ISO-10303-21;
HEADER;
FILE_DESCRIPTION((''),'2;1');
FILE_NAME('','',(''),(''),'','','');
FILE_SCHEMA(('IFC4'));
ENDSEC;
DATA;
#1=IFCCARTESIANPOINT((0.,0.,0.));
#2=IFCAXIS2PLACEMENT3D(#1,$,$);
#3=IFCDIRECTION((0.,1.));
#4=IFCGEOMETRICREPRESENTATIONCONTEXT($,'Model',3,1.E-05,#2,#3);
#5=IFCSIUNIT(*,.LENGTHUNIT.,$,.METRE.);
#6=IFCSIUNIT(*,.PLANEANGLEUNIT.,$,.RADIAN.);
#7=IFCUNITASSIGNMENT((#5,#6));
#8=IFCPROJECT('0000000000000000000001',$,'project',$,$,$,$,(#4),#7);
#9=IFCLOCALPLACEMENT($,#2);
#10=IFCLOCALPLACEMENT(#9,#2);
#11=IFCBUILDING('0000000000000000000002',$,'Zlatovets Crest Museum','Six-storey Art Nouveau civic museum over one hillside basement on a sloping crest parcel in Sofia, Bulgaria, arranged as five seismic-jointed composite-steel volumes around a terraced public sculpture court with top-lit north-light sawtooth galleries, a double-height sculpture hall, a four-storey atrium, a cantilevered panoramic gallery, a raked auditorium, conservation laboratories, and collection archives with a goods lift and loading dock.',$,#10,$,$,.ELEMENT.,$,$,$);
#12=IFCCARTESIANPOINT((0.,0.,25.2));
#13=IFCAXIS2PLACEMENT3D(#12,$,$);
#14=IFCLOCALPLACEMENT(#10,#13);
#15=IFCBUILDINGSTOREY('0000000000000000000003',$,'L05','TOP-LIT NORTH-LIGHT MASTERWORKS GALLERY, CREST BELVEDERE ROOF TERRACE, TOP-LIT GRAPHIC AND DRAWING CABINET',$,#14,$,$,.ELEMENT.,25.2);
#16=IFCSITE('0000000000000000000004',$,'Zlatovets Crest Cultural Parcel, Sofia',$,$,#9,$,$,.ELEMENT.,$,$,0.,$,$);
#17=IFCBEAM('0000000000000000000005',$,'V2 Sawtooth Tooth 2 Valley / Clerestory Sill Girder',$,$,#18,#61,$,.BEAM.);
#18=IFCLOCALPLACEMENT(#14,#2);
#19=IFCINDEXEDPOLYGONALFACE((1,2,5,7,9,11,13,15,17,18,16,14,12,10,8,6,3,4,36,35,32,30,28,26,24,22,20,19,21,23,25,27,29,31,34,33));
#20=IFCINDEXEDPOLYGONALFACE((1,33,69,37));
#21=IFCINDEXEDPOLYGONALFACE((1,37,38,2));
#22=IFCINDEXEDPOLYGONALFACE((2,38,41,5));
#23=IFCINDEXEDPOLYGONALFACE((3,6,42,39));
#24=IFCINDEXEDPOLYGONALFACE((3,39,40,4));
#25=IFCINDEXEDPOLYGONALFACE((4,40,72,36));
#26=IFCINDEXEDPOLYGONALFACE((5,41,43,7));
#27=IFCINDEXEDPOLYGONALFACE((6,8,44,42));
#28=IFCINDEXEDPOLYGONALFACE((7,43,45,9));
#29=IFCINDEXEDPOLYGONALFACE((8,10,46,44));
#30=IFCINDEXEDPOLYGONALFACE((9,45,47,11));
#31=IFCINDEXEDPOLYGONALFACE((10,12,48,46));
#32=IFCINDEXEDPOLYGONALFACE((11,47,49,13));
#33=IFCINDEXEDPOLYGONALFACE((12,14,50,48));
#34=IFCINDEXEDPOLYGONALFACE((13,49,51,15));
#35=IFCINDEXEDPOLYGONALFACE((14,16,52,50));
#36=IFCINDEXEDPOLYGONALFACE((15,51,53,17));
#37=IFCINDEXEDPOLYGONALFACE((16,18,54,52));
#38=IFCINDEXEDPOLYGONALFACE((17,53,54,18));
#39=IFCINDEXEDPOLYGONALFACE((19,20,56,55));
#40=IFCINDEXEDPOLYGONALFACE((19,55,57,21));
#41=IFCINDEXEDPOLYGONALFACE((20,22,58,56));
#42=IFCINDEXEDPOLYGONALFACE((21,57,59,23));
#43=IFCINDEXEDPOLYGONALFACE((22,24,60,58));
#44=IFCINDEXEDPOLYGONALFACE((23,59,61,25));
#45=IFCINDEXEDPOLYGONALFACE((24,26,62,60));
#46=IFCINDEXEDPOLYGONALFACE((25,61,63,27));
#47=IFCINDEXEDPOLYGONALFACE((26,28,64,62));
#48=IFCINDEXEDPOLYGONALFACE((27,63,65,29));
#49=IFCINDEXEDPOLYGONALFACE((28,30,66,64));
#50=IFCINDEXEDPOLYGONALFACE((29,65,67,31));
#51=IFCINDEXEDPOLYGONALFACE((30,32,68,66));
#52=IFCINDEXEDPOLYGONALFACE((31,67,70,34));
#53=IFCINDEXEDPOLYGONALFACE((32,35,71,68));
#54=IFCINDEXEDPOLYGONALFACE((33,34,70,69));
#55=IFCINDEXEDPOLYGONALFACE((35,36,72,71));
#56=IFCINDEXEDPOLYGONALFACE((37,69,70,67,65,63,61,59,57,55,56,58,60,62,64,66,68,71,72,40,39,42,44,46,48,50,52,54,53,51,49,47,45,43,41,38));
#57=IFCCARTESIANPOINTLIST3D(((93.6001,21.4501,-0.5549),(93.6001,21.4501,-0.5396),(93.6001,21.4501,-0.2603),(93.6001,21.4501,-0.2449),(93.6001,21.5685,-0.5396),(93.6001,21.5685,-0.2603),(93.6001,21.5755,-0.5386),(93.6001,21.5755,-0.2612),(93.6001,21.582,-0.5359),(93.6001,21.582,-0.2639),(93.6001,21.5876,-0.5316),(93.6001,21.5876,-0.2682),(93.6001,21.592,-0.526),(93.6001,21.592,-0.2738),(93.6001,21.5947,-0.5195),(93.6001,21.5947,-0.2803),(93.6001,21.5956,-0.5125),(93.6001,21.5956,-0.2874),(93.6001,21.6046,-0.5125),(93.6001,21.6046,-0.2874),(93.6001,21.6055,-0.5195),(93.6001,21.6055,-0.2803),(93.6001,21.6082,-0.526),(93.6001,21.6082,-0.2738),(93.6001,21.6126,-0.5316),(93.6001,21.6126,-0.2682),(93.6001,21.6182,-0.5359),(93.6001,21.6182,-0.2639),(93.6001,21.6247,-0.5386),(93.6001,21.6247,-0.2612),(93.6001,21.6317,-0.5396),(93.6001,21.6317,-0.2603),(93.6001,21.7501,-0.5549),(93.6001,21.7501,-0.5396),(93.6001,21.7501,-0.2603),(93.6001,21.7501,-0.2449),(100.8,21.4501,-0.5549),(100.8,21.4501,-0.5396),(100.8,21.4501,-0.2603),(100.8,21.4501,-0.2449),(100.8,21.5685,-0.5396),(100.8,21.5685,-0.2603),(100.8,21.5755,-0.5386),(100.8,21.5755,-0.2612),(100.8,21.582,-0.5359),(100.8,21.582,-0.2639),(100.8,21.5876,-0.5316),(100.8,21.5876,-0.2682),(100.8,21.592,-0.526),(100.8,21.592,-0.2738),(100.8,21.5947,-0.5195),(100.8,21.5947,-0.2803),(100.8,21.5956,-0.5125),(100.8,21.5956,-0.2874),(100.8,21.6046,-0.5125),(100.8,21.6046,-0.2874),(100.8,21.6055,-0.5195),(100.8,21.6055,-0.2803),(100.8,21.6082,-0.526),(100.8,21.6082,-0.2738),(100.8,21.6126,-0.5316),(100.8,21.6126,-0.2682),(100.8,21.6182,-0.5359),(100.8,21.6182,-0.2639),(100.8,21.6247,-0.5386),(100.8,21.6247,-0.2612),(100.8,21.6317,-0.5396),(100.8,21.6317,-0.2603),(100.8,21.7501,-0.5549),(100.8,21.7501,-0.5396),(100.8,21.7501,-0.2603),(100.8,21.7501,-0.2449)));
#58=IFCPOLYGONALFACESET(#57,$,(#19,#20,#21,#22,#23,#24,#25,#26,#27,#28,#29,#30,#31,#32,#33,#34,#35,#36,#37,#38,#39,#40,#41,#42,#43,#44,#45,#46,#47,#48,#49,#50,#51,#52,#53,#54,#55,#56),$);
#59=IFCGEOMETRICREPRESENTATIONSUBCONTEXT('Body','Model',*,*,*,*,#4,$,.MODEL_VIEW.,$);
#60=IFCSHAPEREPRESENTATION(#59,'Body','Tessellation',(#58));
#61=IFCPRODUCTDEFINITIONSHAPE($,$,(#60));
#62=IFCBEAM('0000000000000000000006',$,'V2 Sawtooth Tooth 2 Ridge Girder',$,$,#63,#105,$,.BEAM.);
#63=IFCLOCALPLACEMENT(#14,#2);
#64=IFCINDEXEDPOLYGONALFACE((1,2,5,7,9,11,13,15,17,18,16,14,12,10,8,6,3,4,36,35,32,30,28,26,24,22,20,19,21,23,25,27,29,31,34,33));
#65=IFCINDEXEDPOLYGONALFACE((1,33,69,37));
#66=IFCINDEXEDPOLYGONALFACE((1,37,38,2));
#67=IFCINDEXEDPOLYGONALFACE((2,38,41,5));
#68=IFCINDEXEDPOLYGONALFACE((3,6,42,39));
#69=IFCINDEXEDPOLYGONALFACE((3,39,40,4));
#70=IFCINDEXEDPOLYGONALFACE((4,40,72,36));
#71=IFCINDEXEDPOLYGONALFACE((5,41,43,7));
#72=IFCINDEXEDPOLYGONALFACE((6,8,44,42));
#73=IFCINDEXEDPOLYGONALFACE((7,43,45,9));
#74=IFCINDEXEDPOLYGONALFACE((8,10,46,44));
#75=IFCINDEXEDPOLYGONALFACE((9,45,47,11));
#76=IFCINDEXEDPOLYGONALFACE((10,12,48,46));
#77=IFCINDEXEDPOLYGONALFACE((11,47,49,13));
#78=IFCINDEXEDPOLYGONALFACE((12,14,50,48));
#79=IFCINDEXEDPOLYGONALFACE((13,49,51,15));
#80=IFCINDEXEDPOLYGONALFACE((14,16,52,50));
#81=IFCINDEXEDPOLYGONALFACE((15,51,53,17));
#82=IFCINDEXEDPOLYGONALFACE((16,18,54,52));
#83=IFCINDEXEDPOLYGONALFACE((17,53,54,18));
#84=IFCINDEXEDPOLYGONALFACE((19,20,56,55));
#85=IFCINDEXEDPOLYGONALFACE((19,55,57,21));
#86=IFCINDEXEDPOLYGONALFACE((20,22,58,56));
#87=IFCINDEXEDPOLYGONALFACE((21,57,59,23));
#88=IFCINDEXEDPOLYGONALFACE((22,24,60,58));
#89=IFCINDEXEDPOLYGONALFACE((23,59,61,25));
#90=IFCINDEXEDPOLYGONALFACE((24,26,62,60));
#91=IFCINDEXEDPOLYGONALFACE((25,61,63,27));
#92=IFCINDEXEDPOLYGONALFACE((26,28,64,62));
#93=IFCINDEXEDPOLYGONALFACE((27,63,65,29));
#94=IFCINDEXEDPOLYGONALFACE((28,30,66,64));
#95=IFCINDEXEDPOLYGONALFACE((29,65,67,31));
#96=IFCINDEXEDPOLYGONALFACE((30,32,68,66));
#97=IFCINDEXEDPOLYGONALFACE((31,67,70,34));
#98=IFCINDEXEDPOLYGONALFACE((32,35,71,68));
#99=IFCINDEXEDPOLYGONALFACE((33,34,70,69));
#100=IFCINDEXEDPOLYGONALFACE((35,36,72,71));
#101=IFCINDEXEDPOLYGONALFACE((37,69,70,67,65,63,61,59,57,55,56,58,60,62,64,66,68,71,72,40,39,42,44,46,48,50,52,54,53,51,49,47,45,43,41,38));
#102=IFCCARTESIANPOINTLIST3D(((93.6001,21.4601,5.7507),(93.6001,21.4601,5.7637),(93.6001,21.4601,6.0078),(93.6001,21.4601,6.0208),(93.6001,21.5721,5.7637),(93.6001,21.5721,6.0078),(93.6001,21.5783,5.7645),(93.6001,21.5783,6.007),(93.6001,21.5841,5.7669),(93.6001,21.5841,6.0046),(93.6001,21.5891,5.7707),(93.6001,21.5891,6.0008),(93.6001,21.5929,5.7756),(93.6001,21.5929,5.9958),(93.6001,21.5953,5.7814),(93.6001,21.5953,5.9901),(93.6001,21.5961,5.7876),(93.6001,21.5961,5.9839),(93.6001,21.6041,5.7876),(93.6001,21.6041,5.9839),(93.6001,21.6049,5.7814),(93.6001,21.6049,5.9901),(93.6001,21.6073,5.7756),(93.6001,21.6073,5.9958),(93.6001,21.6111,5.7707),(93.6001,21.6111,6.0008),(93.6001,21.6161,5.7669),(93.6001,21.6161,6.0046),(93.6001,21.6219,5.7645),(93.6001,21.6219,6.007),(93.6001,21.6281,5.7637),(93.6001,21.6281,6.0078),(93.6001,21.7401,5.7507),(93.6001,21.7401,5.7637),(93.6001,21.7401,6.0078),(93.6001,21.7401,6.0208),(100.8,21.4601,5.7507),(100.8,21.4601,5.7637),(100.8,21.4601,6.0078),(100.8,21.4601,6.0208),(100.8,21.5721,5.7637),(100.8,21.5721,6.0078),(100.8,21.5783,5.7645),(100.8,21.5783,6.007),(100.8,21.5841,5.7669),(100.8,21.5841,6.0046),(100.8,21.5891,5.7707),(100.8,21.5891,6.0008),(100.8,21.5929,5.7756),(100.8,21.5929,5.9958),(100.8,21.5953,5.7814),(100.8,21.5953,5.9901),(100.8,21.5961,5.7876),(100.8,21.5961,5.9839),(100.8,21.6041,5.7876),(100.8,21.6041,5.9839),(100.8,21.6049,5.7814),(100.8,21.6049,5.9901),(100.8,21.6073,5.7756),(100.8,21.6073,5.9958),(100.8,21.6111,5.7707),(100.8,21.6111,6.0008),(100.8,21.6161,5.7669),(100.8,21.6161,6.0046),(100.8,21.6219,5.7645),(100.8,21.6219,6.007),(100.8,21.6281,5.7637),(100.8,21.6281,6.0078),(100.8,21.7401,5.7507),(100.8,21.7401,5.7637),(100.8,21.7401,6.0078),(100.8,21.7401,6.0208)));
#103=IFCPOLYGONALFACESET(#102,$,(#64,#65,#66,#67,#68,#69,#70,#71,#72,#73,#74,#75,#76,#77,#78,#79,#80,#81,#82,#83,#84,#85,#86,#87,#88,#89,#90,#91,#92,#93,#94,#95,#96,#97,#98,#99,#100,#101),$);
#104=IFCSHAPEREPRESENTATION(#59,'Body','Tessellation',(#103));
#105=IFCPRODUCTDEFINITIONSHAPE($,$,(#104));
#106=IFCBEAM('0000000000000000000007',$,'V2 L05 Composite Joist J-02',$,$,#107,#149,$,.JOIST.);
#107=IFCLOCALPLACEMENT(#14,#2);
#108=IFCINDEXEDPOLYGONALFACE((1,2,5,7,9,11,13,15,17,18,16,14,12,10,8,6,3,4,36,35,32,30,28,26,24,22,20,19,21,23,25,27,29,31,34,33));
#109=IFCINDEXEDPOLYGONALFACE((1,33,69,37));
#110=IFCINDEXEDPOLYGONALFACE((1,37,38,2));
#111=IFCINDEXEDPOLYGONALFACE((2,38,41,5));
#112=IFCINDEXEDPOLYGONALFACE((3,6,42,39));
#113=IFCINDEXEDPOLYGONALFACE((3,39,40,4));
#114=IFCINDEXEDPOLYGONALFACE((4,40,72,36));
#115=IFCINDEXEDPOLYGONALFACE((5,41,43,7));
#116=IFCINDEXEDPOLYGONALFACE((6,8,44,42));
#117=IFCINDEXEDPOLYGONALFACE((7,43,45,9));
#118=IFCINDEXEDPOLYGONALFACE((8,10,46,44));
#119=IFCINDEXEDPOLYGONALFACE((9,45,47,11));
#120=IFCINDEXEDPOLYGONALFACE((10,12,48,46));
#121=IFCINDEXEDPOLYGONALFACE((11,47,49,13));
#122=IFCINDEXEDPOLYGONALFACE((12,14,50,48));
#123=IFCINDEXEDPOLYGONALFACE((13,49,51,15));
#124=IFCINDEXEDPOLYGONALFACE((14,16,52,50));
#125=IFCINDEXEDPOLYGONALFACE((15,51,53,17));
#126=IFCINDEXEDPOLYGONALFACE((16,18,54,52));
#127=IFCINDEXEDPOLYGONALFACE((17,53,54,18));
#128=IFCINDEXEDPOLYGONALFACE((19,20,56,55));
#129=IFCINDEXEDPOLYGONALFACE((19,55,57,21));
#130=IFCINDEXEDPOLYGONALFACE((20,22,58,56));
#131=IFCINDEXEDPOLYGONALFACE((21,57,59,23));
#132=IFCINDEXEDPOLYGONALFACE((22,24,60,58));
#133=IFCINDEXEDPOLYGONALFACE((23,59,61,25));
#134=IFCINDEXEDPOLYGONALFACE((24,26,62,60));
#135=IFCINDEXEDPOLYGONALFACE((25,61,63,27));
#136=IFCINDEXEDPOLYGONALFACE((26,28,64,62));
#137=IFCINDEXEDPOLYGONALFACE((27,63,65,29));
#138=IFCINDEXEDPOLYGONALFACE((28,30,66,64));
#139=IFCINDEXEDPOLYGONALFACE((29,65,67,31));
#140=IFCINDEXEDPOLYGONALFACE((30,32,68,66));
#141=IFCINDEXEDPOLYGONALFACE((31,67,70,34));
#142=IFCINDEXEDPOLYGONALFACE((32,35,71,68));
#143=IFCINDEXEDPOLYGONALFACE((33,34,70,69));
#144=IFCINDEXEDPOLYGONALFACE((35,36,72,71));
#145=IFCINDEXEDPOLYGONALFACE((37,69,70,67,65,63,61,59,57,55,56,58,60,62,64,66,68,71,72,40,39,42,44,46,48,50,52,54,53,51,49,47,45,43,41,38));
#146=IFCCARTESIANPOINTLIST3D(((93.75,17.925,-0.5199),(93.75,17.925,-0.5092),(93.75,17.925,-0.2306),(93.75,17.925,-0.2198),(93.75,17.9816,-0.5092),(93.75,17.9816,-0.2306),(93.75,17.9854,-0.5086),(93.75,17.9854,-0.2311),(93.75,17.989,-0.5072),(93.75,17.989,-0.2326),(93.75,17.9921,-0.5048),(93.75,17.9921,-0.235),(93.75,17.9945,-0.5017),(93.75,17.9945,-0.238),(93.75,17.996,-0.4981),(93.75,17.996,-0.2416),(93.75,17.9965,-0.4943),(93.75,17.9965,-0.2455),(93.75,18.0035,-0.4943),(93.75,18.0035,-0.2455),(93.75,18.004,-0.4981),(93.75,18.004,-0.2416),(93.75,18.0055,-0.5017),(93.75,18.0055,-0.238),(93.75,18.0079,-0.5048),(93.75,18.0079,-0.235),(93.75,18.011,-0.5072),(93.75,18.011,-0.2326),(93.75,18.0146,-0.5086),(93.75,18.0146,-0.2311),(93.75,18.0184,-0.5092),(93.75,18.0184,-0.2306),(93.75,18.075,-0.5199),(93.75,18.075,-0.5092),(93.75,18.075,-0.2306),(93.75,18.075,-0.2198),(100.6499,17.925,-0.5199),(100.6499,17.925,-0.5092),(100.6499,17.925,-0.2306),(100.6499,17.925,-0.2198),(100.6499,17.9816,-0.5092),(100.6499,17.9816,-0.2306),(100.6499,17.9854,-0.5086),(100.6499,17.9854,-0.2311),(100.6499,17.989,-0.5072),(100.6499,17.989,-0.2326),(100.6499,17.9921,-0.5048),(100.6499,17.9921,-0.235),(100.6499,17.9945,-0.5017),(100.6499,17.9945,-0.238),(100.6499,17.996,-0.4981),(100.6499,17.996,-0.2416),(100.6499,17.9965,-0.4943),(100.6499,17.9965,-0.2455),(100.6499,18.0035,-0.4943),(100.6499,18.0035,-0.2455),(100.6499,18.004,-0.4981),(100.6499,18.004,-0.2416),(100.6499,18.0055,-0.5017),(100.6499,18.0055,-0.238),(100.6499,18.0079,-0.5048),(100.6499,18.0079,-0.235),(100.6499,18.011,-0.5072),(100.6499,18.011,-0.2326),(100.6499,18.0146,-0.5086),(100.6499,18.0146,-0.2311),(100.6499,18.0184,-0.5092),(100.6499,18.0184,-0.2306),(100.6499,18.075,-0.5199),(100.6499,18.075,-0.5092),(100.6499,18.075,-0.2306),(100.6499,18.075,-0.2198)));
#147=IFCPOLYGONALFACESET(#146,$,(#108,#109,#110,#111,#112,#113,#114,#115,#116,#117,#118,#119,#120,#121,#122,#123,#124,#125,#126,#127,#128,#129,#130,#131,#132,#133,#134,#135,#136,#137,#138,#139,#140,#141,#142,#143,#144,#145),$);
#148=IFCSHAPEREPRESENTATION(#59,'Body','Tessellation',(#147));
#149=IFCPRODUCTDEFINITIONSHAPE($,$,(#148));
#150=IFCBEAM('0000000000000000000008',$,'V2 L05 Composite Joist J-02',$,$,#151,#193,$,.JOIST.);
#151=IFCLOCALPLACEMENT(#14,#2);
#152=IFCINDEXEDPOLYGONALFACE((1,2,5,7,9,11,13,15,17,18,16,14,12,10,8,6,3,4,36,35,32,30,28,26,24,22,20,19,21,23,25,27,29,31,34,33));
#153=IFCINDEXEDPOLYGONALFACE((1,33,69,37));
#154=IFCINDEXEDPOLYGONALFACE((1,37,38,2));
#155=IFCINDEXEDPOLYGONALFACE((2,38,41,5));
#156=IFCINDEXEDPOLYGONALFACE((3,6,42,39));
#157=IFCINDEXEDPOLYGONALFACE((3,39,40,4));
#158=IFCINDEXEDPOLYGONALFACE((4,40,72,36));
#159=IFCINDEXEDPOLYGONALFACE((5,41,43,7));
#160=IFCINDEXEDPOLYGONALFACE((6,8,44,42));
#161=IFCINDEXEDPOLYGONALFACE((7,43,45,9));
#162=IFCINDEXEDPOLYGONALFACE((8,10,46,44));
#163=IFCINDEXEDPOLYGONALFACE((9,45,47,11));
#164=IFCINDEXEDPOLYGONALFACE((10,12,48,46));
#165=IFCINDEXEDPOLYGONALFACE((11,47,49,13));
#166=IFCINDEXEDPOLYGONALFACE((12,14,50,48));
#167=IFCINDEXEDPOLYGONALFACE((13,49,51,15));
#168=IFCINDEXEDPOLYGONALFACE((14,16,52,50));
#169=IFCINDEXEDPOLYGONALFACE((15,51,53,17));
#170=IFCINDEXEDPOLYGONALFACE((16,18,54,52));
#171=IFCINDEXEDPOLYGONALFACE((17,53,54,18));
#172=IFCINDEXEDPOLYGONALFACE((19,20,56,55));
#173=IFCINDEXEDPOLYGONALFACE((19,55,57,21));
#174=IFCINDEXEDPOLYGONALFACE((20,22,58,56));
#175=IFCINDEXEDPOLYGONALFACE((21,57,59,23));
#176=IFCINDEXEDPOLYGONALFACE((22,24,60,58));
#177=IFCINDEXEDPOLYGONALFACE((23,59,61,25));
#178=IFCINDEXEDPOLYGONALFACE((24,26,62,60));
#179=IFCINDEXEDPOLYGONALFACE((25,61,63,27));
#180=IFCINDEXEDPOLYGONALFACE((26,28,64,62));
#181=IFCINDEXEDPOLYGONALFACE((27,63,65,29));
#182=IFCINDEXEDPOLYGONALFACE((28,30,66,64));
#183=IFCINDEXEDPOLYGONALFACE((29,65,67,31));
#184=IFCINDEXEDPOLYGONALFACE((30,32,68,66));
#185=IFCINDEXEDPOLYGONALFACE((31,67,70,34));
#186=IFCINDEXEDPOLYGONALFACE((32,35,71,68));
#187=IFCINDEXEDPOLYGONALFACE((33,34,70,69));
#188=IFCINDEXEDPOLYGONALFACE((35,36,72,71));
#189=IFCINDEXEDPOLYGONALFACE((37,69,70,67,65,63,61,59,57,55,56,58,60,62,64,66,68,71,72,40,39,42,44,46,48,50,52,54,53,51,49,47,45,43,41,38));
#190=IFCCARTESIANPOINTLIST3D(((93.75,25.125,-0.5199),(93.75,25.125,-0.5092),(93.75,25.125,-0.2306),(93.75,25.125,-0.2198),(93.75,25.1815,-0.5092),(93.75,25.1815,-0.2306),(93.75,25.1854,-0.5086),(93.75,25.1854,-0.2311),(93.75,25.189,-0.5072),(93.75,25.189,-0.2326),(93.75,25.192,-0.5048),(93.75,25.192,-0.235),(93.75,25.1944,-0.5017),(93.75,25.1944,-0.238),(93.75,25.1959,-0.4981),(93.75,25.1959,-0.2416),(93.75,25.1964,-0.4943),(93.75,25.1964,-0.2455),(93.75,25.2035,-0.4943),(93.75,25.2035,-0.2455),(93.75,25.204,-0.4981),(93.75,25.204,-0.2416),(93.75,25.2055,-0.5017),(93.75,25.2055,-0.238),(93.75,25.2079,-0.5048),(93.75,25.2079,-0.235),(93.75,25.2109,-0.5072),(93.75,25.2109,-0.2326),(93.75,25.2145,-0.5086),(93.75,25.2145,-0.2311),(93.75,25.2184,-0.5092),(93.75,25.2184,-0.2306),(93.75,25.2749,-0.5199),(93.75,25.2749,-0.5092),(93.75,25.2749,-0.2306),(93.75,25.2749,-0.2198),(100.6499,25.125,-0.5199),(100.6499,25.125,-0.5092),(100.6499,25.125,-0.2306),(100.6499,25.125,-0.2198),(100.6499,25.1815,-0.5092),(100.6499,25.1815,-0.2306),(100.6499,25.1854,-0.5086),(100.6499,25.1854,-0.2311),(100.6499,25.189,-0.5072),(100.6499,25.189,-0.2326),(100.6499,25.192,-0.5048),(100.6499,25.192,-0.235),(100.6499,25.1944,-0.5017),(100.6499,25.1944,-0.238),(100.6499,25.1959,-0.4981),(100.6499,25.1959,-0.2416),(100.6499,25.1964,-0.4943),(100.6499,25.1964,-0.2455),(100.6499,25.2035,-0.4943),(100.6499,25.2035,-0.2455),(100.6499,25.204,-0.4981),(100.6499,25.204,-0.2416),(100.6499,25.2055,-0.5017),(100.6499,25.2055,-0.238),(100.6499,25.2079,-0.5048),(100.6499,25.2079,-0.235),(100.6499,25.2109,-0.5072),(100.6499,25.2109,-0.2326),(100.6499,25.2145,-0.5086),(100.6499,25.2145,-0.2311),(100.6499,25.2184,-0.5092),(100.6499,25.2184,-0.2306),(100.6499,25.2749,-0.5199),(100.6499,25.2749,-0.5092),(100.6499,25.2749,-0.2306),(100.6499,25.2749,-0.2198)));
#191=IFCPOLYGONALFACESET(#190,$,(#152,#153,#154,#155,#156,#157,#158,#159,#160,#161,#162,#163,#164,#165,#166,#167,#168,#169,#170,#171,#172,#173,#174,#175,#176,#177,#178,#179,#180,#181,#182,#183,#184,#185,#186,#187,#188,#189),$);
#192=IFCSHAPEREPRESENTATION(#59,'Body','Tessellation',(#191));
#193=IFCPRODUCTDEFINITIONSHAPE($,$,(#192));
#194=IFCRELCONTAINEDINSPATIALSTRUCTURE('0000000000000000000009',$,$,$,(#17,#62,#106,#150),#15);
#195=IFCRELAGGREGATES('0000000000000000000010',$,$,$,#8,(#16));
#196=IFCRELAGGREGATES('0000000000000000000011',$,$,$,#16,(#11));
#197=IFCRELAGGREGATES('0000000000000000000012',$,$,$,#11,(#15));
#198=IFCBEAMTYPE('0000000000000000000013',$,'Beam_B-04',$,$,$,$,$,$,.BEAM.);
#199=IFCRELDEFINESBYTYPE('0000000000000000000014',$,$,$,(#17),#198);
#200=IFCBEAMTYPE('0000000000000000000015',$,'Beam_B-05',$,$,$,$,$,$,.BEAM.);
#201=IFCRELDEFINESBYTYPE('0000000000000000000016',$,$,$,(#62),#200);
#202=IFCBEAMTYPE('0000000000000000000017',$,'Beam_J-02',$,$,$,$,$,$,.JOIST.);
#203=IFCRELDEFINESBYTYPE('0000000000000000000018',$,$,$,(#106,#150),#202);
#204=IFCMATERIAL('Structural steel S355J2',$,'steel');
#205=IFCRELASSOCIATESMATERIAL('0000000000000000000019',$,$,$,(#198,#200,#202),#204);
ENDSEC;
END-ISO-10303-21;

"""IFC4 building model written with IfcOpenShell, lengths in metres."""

from ifc_helpers import new_model, si_unit, direction, frame, origin, origin_2d, place, context, subcontext, project, spatial, i_section, extrude, material, material_profile, profile_set, type_object, element, save


model = new_model("IFC4")

# Units and contexts
model_context = context("Model", 3, precision=1e-05, world=origin(), true_north=direction((0.0, 1.0)))
body_context = subcontext(model_context, "Body", "Model", "MODEL_VIEW")
ifc_project = project(units=[si_unit("LENGTHUNIT", "METRE"), si_unit("PLANEANGLEUNIT", "RADIAN")], contexts=[model_context])

# Site, building, storey
site_placement = place(None, origin())
site = spatial("IfcSite", under=ifc_project, at=site_placement, Name="Zlatovets Crest Cultural Parcel, Sofia", CompositionType="ELEMENT", RefElevation=0.0)
building_placement = place(site_placement, origin())
building = spatial("IfcBuilding", under=site, at=building_placement, Name="Zlatovets Crest Museum", Description="Six-storey Art Nouveau civic museum over one hillside basement on a sloping crest parcel in Sofia, Bulgaria, arranged as five seismic-jointed composite-steel volumes around a terraced public sculpture court with top-lit north-light sawtooth galleries, a double-height sculpture hall, a four-storey atrium, a cantilevered panoramic gallery, a raked auditorium, conservation laboratories, and collection archives with a goods lift and loading dock.", CompositionType="ELEMENT")
storey_placement = place(building_placement, frame((0.0, 0.0, 25.2)))
storey = spatial("IfcBuildingStorey", under=building, at=storey_placement, Name="L05", Description="TOP-LIT NORTH-LIGHT MASTERWORKS GALLERY, CREST BELVEDERE ROOF TERRACE, TOP-LIT GRAPHIC AND DRAWING CABINET", CompositionType="ELEMENT", Elevation=25.2)

# Beams
ifc_material_1 = material(Name="Structural steel S355J2", Category="steel")
ifc_material_profile_1 = material_profile(ifc_material_1, i_section(OverallWidth=0.3, OverallDepth=0.3101, WebThickness=0.009, FlangeThickness=0.0154, FilletRadius=0.0271, at=origin_2d()), Name="HEA 320")
ifc_profile_set_1 = profile_set([ifc_material_profile_1], Name="Structural steel S355J2")
beam_type_1 = type_object("IfcBeamType", Name="Beam_B-04", PredefinedType="BEAM", material=ifc_profile_set_1)
for number, where, z_axis, x_axis, name in (
    (1, (93.6001, 21.6001, -0.3999), (1.0, 0.0, 0.0), (0.0, 1.0, 0.0), "V2 Sawtooth Tooth 2 Valley / Clerestory Sill Girder"),
):
    element("IfcBeam", number, at=place(storey_placement, frame(where, z_axis=z_axis, x_axis=x_axis)), inside=storey, type_object=beam_type_1, Name=name, PredefinedType="BEAM", context=body_context, shape_type="SweptSolid", body=[
        extrude(i_section(OverallWidth=0.3, OverallDepth=0.3101, WebThickness=0.009, FlangeThickness=0.0154, FilletRadius=0.0271, at=origin_2d()), origin(), (0.0, 0.0, 1.0), 7.2),
    ])
ifc_material_profile_2 = material_profile(ifc_material_1, i_section(OverallWidth=0.28, OverallDepth=0.27, WebThickness=0.0081, FlangeThickness=0.0129, FilletRadius=0.0239, at=origin_2d()), Name="HEA 280")
ifc_profile_set_2 = profile_set([ifc_material_profile_2], Name="Structural steel S355J2")
beam_type_2 = type_object("IfcBeamType", Name="Beam_B-05", PredefinedType="BEAM", material=ifc_profile_set_2)
beam_1_placement = place(storey_placement, frame((93.6001, 21.6001, 5.8857), z_axis=(1.0, 0.0, 0.0), x_axis=(0.0, 1.0, 0.0)))
element("IfcBeam", 2, at=beam_1_placement, inside=storey, type_object=beam_type_2, Name="V2 Sawtooth Tooth 2 Ridge Girder", PredefinedType="BEAM", context=body_context, shape_type="SweptSolid", body=[
    extrude(i_section(OverallWidth=0.28, OverallDepth=0.27, WebThickness=0.0081, FlangeThickness=0.0129, FilletRadius=0.0239, at=origin_2d()), origin(), (0.0, 0.0, 1.0), 7.2),
])
ifc_material_profile_3 = material_profile(ifc_material_1, i_section(OverallWidth=0.1499, OverallDepth=0.3, WebThickness=0.0071, FlangeThickness=0.0107, FilletRadius=0.0149, at=origin_2d()), Name="IPE 300")
ifc_profile_set_3 = profile_set([ifc_material_profile_3], Name="Structural steel S355J2")
beam_type_3 = type_object("IfcBeamType", Name="Beam_J-02", PredefinedType="JOIST", material=ifc_profile_set_3)
for number, where, z_axis, x_axis, name in (
    (3, (93.75, 18.0, -0.3699), (1.0, 0.0, 0.0), (0.0, 1.0, 0.0), "V2 L05 Composite Joist J-02"),
    (4, (93.75, 25.2, -0.3699), (1.0, 0.0, 0.0), (0.0, 1.0, 0.0), "V2 L05 Composite Joist J-02"),
):
    element("IfcBeam", number, at=place(storey_placement, frame(where, z_axis=z_axis, x_axis=x_axis)), inside=storey, type_object=beam_type_3, Name=name, PredefinedType="JOIST", context=body_context, shape_type="SweptSolid", body=[
        extrude(i_section(OverallWidth=0.1499, OverallDepth=0.3, WebThickness=0.0071, FlangeThickness=0.0107, FilletRadius=0.0149, at=origin_2d()), origin(), (0.0, 0.0, 1.0), 6.8999),
    ])

save(model, "model.ifc")
